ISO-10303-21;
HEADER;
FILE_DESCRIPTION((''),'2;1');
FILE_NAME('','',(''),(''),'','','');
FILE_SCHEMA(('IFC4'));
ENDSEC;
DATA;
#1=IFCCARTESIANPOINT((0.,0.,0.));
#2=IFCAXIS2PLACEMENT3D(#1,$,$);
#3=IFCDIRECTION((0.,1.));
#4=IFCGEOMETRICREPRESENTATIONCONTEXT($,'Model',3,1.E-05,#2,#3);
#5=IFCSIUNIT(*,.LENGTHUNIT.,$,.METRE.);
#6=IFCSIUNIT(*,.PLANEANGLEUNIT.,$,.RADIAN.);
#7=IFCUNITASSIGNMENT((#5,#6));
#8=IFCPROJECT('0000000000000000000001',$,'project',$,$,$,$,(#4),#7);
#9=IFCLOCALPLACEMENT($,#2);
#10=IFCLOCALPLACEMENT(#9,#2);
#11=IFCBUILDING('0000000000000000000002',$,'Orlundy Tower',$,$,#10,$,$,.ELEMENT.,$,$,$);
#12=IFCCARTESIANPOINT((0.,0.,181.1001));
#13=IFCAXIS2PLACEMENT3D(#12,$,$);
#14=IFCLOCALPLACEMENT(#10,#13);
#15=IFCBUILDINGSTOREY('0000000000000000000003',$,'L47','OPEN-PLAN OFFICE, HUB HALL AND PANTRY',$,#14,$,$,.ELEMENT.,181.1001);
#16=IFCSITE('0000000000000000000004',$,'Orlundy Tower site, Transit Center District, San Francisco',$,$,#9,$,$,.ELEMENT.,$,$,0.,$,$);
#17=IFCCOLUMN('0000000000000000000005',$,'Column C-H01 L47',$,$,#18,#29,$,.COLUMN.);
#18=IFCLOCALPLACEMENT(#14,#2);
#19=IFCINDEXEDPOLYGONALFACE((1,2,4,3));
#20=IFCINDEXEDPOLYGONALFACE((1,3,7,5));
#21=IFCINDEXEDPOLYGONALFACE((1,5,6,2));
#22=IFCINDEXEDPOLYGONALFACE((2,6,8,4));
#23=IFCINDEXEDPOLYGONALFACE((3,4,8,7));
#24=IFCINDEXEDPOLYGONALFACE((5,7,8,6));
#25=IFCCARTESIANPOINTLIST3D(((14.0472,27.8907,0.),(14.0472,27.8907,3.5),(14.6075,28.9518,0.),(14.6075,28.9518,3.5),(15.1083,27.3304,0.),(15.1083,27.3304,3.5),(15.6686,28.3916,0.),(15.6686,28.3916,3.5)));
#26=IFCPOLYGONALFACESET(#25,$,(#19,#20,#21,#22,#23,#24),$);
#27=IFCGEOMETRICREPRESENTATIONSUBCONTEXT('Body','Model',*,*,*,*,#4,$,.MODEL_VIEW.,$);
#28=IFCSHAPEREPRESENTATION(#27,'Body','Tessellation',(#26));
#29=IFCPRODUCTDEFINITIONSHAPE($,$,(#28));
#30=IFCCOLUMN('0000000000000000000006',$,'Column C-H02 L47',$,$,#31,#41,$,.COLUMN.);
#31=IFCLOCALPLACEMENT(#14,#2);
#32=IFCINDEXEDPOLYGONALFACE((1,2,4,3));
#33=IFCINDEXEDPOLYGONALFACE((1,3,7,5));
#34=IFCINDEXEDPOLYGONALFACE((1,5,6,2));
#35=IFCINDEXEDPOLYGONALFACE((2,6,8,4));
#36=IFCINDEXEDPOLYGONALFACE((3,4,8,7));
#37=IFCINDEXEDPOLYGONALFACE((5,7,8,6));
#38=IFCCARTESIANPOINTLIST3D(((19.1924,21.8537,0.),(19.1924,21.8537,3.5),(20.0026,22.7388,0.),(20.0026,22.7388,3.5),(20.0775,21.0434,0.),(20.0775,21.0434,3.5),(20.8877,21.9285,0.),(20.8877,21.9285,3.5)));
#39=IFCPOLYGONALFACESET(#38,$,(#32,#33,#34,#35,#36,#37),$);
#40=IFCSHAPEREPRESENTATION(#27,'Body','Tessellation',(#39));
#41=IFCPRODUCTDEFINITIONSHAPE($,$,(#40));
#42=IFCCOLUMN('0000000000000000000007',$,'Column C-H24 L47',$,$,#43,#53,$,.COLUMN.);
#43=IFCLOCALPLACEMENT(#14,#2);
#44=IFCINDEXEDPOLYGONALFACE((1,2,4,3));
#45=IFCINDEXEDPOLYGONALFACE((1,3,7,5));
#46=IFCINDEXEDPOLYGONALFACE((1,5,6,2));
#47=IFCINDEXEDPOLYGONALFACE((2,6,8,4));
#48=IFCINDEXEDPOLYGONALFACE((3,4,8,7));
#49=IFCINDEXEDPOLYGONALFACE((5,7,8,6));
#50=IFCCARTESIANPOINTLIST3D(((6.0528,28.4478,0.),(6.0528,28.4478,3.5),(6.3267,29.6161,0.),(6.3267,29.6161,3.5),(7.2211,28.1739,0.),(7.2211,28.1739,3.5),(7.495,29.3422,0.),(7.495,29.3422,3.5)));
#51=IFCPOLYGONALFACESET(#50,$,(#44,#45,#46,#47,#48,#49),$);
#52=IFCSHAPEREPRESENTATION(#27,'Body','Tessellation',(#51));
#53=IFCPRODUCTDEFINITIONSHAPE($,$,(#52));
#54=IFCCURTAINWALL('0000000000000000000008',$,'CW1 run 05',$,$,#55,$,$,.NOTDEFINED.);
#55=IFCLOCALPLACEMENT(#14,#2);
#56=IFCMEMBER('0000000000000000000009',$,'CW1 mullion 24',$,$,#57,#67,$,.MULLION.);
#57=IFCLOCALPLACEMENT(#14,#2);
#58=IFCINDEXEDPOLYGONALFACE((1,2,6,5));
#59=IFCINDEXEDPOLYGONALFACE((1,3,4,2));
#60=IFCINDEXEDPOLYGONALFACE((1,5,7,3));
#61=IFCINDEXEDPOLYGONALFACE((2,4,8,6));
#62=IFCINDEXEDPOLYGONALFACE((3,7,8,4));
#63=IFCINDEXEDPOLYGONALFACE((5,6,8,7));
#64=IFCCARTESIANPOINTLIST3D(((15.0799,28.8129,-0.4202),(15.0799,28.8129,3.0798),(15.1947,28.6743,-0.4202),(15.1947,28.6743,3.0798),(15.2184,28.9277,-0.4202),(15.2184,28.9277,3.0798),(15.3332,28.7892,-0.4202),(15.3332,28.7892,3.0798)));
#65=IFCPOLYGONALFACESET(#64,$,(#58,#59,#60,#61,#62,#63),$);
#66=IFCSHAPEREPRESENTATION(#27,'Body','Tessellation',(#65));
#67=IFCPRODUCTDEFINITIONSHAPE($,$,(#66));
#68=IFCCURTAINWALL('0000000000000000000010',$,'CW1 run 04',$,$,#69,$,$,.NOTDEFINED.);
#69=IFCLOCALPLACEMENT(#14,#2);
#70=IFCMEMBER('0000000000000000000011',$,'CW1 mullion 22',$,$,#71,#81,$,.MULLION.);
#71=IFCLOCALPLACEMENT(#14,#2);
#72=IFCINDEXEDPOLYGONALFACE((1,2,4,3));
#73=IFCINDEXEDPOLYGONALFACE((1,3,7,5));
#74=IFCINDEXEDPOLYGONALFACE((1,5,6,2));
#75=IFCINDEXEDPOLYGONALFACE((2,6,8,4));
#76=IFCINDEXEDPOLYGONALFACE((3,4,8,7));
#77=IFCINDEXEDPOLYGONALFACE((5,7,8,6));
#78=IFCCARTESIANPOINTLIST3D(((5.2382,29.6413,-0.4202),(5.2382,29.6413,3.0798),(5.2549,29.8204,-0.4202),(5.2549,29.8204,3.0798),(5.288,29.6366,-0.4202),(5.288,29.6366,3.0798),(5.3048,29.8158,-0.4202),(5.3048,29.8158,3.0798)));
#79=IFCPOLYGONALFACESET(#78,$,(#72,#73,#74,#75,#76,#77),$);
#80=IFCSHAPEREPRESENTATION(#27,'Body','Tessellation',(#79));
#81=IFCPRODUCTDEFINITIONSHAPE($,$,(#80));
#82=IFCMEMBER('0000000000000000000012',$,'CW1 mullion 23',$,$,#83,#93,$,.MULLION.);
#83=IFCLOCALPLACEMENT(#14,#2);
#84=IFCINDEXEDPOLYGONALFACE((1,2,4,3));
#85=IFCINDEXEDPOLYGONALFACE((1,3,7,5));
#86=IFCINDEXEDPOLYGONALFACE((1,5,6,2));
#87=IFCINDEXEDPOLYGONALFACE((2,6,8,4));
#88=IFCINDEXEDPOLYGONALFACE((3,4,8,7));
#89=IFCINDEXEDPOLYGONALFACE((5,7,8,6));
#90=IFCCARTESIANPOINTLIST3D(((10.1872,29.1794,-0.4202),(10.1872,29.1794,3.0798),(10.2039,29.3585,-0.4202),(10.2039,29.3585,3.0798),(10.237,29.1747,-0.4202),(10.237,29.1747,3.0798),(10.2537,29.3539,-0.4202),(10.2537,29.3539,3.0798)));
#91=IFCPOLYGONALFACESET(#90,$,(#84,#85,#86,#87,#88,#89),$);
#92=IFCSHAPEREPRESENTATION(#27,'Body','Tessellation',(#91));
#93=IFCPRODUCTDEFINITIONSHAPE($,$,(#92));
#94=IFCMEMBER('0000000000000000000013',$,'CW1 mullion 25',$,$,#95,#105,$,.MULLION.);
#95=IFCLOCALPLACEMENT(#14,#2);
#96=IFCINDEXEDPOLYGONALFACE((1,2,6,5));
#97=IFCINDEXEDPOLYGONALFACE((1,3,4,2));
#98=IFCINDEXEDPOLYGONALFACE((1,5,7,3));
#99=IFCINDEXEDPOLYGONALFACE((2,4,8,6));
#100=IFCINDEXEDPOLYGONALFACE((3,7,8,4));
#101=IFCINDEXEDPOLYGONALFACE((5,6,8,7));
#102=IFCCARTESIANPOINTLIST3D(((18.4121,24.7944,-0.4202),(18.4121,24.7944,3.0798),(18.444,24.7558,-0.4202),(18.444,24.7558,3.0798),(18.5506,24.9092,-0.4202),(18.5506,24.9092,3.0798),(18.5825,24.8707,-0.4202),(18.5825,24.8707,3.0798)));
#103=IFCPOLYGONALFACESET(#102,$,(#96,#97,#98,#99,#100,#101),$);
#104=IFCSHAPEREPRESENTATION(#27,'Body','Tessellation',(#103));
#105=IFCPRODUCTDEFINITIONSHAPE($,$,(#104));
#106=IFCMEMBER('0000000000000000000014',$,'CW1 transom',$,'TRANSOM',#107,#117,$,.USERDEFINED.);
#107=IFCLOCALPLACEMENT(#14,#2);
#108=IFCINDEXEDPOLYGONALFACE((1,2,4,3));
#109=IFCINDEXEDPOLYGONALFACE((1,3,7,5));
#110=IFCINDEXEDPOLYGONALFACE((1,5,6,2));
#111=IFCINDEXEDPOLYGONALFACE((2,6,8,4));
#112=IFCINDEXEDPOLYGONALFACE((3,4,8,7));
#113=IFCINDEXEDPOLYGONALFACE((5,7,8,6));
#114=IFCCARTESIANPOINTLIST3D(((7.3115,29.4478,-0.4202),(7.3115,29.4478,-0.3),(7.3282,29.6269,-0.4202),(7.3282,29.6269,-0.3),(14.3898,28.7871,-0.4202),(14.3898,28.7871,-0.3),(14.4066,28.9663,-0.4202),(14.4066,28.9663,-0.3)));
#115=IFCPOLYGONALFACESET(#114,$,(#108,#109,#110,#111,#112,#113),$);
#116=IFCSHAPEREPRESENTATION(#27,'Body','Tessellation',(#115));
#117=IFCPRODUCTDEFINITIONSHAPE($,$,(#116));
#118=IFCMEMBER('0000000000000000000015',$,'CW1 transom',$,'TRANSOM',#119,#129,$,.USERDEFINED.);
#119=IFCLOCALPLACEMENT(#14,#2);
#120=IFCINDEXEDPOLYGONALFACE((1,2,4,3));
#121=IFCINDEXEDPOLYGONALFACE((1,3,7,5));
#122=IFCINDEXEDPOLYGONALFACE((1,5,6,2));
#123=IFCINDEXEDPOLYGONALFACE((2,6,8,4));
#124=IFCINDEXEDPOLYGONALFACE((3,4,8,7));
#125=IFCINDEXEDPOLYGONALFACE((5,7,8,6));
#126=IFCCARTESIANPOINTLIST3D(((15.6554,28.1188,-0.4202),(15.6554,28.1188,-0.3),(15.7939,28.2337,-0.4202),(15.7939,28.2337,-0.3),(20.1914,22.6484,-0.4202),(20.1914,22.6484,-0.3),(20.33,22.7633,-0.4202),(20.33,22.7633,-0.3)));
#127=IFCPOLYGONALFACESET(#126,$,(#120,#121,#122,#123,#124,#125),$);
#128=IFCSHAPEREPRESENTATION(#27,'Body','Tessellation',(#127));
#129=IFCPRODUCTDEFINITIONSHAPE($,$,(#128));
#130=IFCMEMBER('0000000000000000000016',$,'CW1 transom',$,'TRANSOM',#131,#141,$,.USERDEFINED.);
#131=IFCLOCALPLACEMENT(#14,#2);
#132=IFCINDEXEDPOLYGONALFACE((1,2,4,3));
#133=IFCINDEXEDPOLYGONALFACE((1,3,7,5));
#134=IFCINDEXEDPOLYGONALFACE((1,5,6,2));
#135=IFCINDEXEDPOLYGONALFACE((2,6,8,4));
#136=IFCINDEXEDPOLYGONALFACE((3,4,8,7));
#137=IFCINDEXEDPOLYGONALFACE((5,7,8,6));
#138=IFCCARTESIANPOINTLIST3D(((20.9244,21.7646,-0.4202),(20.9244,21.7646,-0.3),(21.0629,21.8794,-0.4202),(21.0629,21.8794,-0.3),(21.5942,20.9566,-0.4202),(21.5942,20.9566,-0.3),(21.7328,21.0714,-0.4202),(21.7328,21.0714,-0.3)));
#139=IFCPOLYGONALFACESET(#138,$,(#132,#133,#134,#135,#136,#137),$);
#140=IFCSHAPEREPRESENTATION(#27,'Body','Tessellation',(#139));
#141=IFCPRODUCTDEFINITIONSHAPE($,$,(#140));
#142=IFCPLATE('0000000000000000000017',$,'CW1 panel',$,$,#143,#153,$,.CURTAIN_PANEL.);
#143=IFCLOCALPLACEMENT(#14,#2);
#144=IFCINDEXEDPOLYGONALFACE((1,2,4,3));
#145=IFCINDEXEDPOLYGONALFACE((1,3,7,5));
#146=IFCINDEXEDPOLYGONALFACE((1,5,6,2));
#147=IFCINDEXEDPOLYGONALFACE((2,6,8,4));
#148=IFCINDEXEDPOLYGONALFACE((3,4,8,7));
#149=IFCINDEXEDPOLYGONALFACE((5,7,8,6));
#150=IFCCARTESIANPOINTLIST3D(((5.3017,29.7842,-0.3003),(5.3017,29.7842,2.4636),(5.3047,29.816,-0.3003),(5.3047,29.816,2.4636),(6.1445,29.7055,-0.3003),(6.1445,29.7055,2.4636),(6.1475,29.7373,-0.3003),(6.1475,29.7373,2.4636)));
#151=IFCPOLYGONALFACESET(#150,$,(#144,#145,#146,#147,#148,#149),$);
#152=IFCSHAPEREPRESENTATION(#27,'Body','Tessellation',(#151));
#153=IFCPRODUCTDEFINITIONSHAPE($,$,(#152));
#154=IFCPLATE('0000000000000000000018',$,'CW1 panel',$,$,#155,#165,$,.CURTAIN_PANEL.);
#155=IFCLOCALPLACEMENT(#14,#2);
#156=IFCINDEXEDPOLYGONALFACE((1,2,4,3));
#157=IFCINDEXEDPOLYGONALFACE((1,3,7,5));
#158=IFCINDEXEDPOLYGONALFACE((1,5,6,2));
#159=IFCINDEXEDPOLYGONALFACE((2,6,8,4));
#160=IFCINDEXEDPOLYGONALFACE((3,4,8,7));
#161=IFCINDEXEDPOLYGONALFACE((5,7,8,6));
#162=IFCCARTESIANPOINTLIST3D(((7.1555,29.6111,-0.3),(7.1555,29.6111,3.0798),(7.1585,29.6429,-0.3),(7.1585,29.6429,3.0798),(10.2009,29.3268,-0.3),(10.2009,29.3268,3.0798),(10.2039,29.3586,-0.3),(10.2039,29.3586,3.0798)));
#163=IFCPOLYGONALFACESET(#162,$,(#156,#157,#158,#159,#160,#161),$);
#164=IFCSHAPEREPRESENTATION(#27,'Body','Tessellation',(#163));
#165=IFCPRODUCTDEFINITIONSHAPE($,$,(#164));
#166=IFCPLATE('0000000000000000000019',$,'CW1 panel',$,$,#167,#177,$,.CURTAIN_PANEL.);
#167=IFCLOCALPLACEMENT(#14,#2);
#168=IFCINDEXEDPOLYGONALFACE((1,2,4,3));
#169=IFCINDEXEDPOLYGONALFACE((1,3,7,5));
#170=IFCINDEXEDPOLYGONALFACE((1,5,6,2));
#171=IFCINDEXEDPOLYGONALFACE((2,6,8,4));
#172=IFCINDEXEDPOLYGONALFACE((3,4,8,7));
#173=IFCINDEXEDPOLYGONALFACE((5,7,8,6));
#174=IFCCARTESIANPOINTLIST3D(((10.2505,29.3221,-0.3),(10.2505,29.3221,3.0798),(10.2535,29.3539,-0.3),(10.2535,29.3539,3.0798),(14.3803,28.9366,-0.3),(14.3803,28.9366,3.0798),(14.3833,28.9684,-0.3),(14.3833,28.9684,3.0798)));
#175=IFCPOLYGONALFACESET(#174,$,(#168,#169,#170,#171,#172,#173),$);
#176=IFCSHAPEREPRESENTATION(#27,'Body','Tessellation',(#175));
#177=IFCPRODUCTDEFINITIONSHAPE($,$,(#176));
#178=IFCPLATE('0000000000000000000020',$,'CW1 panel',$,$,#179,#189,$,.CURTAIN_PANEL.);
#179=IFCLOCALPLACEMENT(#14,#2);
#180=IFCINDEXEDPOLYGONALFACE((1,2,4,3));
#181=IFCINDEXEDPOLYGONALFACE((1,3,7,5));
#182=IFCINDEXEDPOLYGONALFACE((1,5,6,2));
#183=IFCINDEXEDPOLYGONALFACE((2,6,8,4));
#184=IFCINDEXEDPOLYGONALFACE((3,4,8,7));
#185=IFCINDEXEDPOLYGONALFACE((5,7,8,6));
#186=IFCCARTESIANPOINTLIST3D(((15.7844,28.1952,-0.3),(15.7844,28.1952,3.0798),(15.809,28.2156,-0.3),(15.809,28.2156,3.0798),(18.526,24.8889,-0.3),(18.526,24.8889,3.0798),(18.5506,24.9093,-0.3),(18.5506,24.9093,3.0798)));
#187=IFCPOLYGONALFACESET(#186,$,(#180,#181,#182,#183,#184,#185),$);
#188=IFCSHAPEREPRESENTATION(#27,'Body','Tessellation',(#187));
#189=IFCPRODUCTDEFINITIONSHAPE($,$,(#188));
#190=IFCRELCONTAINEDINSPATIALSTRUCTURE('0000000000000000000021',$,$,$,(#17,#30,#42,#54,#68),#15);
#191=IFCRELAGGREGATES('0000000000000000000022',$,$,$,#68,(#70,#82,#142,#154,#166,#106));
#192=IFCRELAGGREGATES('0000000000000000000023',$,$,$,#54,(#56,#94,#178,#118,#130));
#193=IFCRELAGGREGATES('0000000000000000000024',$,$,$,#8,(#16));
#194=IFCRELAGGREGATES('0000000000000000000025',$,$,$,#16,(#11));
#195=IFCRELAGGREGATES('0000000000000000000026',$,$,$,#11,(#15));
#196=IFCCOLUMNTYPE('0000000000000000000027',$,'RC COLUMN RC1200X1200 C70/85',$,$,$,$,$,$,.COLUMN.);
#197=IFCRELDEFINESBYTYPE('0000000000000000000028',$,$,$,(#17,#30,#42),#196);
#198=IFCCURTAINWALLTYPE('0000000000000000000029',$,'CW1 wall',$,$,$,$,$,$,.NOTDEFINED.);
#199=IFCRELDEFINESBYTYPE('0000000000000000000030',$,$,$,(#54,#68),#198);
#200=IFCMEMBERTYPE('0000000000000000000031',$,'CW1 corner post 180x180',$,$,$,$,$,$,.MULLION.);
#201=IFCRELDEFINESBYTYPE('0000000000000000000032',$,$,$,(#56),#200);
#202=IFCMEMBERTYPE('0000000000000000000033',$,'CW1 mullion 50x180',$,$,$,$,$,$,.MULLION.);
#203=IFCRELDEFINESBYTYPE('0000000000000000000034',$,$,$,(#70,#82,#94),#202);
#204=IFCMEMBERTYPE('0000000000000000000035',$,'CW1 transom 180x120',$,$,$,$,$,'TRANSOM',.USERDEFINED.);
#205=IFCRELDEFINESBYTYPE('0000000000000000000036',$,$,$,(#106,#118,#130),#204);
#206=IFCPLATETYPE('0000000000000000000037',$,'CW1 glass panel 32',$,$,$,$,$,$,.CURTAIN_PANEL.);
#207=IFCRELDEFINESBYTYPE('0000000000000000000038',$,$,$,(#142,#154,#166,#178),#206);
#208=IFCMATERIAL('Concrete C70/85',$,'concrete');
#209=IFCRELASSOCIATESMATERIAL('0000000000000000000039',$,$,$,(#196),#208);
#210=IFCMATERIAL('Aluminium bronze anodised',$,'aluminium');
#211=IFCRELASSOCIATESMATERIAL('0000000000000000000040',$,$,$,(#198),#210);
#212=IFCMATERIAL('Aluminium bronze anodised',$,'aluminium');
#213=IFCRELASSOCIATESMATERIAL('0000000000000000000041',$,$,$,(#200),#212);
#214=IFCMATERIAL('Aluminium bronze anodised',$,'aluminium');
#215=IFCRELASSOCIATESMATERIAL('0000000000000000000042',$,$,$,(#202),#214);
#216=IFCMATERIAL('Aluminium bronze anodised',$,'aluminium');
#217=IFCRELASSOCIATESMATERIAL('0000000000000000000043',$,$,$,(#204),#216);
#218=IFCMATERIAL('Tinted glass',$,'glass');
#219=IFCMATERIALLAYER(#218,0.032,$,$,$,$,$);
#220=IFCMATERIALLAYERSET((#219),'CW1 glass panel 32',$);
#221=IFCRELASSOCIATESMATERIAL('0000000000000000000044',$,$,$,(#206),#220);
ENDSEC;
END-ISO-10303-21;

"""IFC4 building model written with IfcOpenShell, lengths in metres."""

from ifc_helpers import new_model, si_unit, direction, frame, origin, origin_2d, place, context, subcontext, project, spatial, rectangle, extrude, material, layer, layer_set, material_profile, profile_set, type_object, element, aggregate, save


model = new_model("IFC4")

# Units and contexts
model_context = context("Model", 3, precision=1e-05, world=origin(), true_north=direction((0.0, 1.0)))
body_context = subcontext(model_context, "Body", "Model", "MODEL_VIEW")
ifc_project = project(units=[si_unit("LENGTHUNIT", "METRE"), si_unit("PLANEANGLEUNIT", "RADIAN")], contexts=[model_context])

# Site, building, storey
site_placement = place(None, origin())
site = spatial("IfcSite", under=ifc_project, at=site_placement, Name="Orlundy Tower site, Transit Center District, San Francisco", CompositionType="ELEMENT", RefElevation=0.0)
building_placement = place(site_placement, origin())
building = spatial("IfcBuilding", under=site, at=building_placement, Name="Orlundy Tower", CompositionType="ELEMENT")
storey_placement = place(building_placement, frame((0.0, 0.0, 181.1001)))
storey = spatial("IfcBuildingStorey", under=building, at=storey_placement, Name="L47", Description="OPEN-PLAN OFFICE, HUB HALL AND PANTRY", CompositionType="ELEMENT", Elevation=181.1001)

# Columns
ifc_material_1 = material(Name="Concrete C70/85", Category="concrete")
ifc_material_profile_1 = material_profile(ifc_material_1, rectangle(XDim=1.2, YDim=1.2, at=origin_2d()), Name="RC1200X1200")
ifc_profile_set_1 = profile_set([ifc_material_profile_1], Name="Concrete C70/85")
column_type = type_object("IfcColumnType", Name="RC COLUMN RC1200X1200 C70/85", PredefinedType="COLUMN", material=ifc_profile_set_1)
for number, where, z_axis, x_axis, name in (
    (1, (14.8579, 28.1411, 0.0), (0.0, 0.0, 1.0), (0.466896, 0.884312, 0.0), "Column C-H01 L47"),
    (2, (20.04, 21.8911, 0.0), (0.0, 0.0, 1.0), (0.67523, 0.737607, 0.0), "Column C-H02 L47"),
    (3, (6.7739, 28.895, 0.0), (0.0, 0.0, 1.0), (0.228249, 0.973603, 0.0), "Column C-H24 L47"),
):
    element("IfcColumn", number, at=place(storey_placement, frame(where, z_axis=z_axis, x_axis=x_axis)), inside=storey, type_object=column_type, Name=name, PredefinedType="COLUMN", context=body_context, shape_type="SweptSolid", body=[
        extrude(rectangle(XDim=1.2, YDim=1.2, at=origin_2d()), origin(), (0.0, 0.0, 1.0), 3.5),
    ])

# Curtain wall, member
ifc_material_2 = material(Name="Aluminium bronze anodised", Category="aluminium")
curtain_wall_type = type_object("IfcCurtainWallType", Name="CW1 wall", PredefinedType="NOTDEFINED", material=ifc_material_2)
curtain_wall_1_placement = place(storey_placement, origin())
curtain_wall_1 = element("IfcCurtainWall", 4, at=curtain_wall_1_placement, inside=storey, type_object=curtain_wall_type, Name="CW1 run 05", PredefinedType="NOTDEFINED")
ifc_material_3 = material(Name="Aluminium bronze anodised", Category="aluminium")
ifc_material_profile_2 = material_profile(ifc_material_3, rectangle(XDim=0.1799, YDim=0.1799, at=origin_2d()), Name="CW1 corner post 180x180")
ifc_profile_set_2 = profile_set([ifc_material_profile_2], Name="Aluminium bronze anodised")
member_type_1 = type_object("IfcMemberType", Name="CW1 corner post 180x180", PredefinedType="MULLION", material=ifc_profile_set_2)
member_1_placement = place(storey_placement, frame((15.2065, 28.801, -0.4202), z_axis=(0.0, 0.0, 1.0), x_axis=(0.769788, 0.638299, 0.0)))
member_1 = element("IfcMember", 5, at=member_1_placement, type_object=member_type_1, Name="CW1 mullion 24", PredefinedType="MULLION", context=body_context, shape_type="SweptSolid", body=[
    extrude(rectangle(XDim=0.1799, YDim=0.1799, at=origin_2d()), origin(), (0.0, 0.0, 1.0), 3.5),
])

# Curtain wall, members
curtain_wall_2_placement = place(storey_placement, origin())
curtain_wall_2 = element("IfcCurtainWall", 6, at=curtain_wall_2_placement, inside=storey, type_object=curtain_wall_type, Name="CW1 run 04", PredefinedType="NOTDEFINED")
ifc_material_4 = material(Name="Aluminium bronze anodised", Category="aluminium")
ifc_material_profile_3 = material_profile(ifc_material_4, rectangle(XDim=0.1799, YDim=0.05, at=origin_2d()), Name="CW1 mullion 50x180")
ifc_profile_set_3 = profile_set([ifc_material_profile_3], Name="Aluminium bronze anodised")
member_type_2 = type_object("IfcMemberType", Name="CW1 mullion 50x180", PredefinedType="MULLION", material=ifc_profile_set_3)
member_2_placement = place(storey_placement, frame((5.2715, 29.7285, -0.4202), z_axis=(0.0, 0.0, 1.0), x_axis=(0.092948, 0.995671, 0.0)))
member_2 = element("IfcMember", 7, at=member_2_placement, type_object=member_type_2, Name="CW1 mullion 22", PredefinedType="MULLION", context=body_context, shape_type="SweptSolid", body=[
    extrude(rectangle(XDim=0.1799, YDim=0.05, at=origin_2d()), origin(), (0.0, 0.0, 1.0), 3.5),
])
member_3_placement = place(storey_placement, frame((10.2205, 29.2666, -0.4202), z_axis=(0.0, 0.0, 1.0), x_axis=(0.092948, 0.995671, 0.0)))
member_3 = element("IfcMember", 8, at=member_3_placement, type_object=member_type_2, Name="CW1 mullion 23", PredefinedType="MULLION", context=body_context, shape_type="SweptSolid", body=[
    extrude(rectangle(XDim=0.1799, YDim=0.05, at=origin_2d()), origin(), (0.0, 0.0, 1.0), 3.5),
])

# Members
member_4_placement = place(storey_placement, frame((18.4973, 24.8325, -0.4202), z_axis=(0.0, 0.0, 1.0), x_axis=(0.769788, 0.638299, 0.0)))
member_4 = element("IfcMember", 9, at=member_4_placement, type_object=member_type_2, Name="CW1 mullion 25", PredefinedType="MULLION", context=body_context, shape_type="SweptSolid", body=[
    extrude(rectangle(XDim=0.1799, YDim=0.05, at=origin_2d()), origin(), (0.0, 0.0, 1.0), 3.5),
])
ifc_material_5 = material(Name="Aluminium bronze anodised", Category="aluminium")
ifc_material_profile_4 = material_profile(ifc_material_5, rectangle(XDim=0.1799, YDim=0.1201, at=origin_2d()), Name="CW1 transom 180x120")
ifc_profile_set_4 = profile_set([ifc_material_profile_4], Name="Aluminium bronze anodised")
member_type_3 = type_object("IfcMemberType", Name="CW1 transom 180x120", ElementType="TRANSOM", PredefinedType="USERDEFINED", material=ifc_profile_set_4)
member_5_placement = place(storey_placement, frame((7.3198, 29.5374, -0.3601), z_axis=(0.995673, -0.092929, 0.0), x_axis=(0.092929, 0.995673, 0.0)))
member_5 = element("IfcMember", 10, at=member_5_placement, type_object=member_type_3, Name="CW1 transom", ObjectType="TRANSOM", PredefinedType="USERDEFINED", context=body_context, shape_type="SweptSolid", body=[
    extrude(rectangle(XDim=0.1799, YDim=0.1201, at=origin_2d()), origin(), (0.0, 0.0, 1.0), 7.1091),
])
member_6_placement = place(storey_placement, frame((15.7246, 28.1763, -0.3601), z_axis=(0.638307, -0.769782, 0.0), x_axis=(0.769782, 0.638307, 0.0)))
member_6 = element("IfcMember", 11, at=member_6_placement, type_object=member_type_3, Name="CW1 transom", ObjectType="TRANSOM", PredefinedType="USERDEFINED", context=body_context, shape_type="SweptSolid", body=[
    extrude(rectangle(XDim=0.1799, YDim=0.1201, at=origin_2d()), origin(), (0.0, 0.0, 1.0), 7.1064),
])
member_7_placement = place(storey_placement, frame((20.9937, 21.822, -0.3601), z_axis=(0.638215, -0.769858, 0.0), x_axis=(0.769858, 0.638215, 0.0)))
member_7 = element("IfcMember", 12, at=member_7_placement, type_object=member_type_3, Name="CW1 transom", ObjectType="TRANSOM", PredefinedType="USERDEFINED", context=body_context, shape_type="SweptSolid", body=[
    extrude(rectangle(XDim=0.1799, YDim=0.1201, at=origin_2d()), origin(), (0.0, 0.0, 1.0), 1.0496),
])

# Plates
ifc_material_6 = material(Name="Tinted glass", Category="glass")
ifc_layer_1 = layer(ifc_material_6, 0.032)
ifc_layer_set_1 = layer_set([ifc_layer_1], Name="CW1 glass panel 32")
plate_type = type_object("IfcPlateType", Name="CW1 glass panel 32", PredefinedType="CURTAIN_PANEL", material=ifc_layer_set_1)
plate_1_placement = place(storey_placement, frame((5.7246, 29.7607, -0.3003), z_axis=(0.0, 0.0, 1.0), x_axis=(0.995671, -0.092948, 0.0)))
plate_1 = element("IfcPlate", 13, at=plate_1_placement, type_object=plate_type, Name="CW1 panel", PredefinedType="CURTAIN_PANEL", context=body_context, shape_type="SweptSolid", body=[
    extrude(rectangle(XDim=0.8464, YDim=0.032, at=origin_2d()), origin(), (0.0, 0.0, 1.0), 2.7639),
])
plate_2_placement = place(storey_placement, frame((8.6797, 29.4849, -0.3), z_axis=(0.0, 0.0, 1.0), x_axis=(0.995671, -0.092948, 0.0)))
plate_2 = element("IfcPlate", 14, at=plate_2_placement, type_object=plate_type, Name="CW1 panel", PredefinedType="CURTAIN_PANEL", context=body_context, shape_type="SweptSolid", body=[
    extrude(rectangle(XDim=3.0586, YDim=0.032, at=origin_2d()), origin(), (0.0, 0.0, 1.0), 3.3799),
])
plate_3_placement = place(storey_placement, frame((12.3169, 29.1453, -0.3), z_axis=(0.0, 0.0, 1.0), x_axis=(0.995671, -0.092948, 0.0)))
plate_3 = element("IfcPlate", 15, at=plate_3_placement, type_object=plate_type, Name="CW1 panel", PredefinedType="CURTAIN_PANEL", context=body_context, shape_type="SweptSolid", body=[
    extrude(rectangle(XDim=4.1477, YDim=0.032, at=origin_2d()), origin(), (0.0, 0.0, 1.0), 3.3799),
])
aggregate(curtain_wall_2, [member_2, member_3, plate_1, plate_2, plate_3, member_5])
plate_4_placement = place(storey_placement, frame((17.1675, 26.5522, -0.3), z_axis=(0.0, 0.0, 1.0), x_axis=(0.638299, -0.769788, 0.0)))
plate_4 = element("IfcPlate", 16, at=plate_4_placement, type_object=plate_type, Name="CW1 panel", PredefinedType="CURTAIN_PANEL", context=body_context, shape_type="SweptSolid", body=[
    extrude(rectangle(XDim=4.2952, YDim=0.032, at=origin_2d()), origin(), (0.0, 0.0, 1.0), 3.3799),
])
aggregate(curtain_wall_1, [member_1, member_4, plate_4, member_6, member_7])

save(model, "model.ifc")
